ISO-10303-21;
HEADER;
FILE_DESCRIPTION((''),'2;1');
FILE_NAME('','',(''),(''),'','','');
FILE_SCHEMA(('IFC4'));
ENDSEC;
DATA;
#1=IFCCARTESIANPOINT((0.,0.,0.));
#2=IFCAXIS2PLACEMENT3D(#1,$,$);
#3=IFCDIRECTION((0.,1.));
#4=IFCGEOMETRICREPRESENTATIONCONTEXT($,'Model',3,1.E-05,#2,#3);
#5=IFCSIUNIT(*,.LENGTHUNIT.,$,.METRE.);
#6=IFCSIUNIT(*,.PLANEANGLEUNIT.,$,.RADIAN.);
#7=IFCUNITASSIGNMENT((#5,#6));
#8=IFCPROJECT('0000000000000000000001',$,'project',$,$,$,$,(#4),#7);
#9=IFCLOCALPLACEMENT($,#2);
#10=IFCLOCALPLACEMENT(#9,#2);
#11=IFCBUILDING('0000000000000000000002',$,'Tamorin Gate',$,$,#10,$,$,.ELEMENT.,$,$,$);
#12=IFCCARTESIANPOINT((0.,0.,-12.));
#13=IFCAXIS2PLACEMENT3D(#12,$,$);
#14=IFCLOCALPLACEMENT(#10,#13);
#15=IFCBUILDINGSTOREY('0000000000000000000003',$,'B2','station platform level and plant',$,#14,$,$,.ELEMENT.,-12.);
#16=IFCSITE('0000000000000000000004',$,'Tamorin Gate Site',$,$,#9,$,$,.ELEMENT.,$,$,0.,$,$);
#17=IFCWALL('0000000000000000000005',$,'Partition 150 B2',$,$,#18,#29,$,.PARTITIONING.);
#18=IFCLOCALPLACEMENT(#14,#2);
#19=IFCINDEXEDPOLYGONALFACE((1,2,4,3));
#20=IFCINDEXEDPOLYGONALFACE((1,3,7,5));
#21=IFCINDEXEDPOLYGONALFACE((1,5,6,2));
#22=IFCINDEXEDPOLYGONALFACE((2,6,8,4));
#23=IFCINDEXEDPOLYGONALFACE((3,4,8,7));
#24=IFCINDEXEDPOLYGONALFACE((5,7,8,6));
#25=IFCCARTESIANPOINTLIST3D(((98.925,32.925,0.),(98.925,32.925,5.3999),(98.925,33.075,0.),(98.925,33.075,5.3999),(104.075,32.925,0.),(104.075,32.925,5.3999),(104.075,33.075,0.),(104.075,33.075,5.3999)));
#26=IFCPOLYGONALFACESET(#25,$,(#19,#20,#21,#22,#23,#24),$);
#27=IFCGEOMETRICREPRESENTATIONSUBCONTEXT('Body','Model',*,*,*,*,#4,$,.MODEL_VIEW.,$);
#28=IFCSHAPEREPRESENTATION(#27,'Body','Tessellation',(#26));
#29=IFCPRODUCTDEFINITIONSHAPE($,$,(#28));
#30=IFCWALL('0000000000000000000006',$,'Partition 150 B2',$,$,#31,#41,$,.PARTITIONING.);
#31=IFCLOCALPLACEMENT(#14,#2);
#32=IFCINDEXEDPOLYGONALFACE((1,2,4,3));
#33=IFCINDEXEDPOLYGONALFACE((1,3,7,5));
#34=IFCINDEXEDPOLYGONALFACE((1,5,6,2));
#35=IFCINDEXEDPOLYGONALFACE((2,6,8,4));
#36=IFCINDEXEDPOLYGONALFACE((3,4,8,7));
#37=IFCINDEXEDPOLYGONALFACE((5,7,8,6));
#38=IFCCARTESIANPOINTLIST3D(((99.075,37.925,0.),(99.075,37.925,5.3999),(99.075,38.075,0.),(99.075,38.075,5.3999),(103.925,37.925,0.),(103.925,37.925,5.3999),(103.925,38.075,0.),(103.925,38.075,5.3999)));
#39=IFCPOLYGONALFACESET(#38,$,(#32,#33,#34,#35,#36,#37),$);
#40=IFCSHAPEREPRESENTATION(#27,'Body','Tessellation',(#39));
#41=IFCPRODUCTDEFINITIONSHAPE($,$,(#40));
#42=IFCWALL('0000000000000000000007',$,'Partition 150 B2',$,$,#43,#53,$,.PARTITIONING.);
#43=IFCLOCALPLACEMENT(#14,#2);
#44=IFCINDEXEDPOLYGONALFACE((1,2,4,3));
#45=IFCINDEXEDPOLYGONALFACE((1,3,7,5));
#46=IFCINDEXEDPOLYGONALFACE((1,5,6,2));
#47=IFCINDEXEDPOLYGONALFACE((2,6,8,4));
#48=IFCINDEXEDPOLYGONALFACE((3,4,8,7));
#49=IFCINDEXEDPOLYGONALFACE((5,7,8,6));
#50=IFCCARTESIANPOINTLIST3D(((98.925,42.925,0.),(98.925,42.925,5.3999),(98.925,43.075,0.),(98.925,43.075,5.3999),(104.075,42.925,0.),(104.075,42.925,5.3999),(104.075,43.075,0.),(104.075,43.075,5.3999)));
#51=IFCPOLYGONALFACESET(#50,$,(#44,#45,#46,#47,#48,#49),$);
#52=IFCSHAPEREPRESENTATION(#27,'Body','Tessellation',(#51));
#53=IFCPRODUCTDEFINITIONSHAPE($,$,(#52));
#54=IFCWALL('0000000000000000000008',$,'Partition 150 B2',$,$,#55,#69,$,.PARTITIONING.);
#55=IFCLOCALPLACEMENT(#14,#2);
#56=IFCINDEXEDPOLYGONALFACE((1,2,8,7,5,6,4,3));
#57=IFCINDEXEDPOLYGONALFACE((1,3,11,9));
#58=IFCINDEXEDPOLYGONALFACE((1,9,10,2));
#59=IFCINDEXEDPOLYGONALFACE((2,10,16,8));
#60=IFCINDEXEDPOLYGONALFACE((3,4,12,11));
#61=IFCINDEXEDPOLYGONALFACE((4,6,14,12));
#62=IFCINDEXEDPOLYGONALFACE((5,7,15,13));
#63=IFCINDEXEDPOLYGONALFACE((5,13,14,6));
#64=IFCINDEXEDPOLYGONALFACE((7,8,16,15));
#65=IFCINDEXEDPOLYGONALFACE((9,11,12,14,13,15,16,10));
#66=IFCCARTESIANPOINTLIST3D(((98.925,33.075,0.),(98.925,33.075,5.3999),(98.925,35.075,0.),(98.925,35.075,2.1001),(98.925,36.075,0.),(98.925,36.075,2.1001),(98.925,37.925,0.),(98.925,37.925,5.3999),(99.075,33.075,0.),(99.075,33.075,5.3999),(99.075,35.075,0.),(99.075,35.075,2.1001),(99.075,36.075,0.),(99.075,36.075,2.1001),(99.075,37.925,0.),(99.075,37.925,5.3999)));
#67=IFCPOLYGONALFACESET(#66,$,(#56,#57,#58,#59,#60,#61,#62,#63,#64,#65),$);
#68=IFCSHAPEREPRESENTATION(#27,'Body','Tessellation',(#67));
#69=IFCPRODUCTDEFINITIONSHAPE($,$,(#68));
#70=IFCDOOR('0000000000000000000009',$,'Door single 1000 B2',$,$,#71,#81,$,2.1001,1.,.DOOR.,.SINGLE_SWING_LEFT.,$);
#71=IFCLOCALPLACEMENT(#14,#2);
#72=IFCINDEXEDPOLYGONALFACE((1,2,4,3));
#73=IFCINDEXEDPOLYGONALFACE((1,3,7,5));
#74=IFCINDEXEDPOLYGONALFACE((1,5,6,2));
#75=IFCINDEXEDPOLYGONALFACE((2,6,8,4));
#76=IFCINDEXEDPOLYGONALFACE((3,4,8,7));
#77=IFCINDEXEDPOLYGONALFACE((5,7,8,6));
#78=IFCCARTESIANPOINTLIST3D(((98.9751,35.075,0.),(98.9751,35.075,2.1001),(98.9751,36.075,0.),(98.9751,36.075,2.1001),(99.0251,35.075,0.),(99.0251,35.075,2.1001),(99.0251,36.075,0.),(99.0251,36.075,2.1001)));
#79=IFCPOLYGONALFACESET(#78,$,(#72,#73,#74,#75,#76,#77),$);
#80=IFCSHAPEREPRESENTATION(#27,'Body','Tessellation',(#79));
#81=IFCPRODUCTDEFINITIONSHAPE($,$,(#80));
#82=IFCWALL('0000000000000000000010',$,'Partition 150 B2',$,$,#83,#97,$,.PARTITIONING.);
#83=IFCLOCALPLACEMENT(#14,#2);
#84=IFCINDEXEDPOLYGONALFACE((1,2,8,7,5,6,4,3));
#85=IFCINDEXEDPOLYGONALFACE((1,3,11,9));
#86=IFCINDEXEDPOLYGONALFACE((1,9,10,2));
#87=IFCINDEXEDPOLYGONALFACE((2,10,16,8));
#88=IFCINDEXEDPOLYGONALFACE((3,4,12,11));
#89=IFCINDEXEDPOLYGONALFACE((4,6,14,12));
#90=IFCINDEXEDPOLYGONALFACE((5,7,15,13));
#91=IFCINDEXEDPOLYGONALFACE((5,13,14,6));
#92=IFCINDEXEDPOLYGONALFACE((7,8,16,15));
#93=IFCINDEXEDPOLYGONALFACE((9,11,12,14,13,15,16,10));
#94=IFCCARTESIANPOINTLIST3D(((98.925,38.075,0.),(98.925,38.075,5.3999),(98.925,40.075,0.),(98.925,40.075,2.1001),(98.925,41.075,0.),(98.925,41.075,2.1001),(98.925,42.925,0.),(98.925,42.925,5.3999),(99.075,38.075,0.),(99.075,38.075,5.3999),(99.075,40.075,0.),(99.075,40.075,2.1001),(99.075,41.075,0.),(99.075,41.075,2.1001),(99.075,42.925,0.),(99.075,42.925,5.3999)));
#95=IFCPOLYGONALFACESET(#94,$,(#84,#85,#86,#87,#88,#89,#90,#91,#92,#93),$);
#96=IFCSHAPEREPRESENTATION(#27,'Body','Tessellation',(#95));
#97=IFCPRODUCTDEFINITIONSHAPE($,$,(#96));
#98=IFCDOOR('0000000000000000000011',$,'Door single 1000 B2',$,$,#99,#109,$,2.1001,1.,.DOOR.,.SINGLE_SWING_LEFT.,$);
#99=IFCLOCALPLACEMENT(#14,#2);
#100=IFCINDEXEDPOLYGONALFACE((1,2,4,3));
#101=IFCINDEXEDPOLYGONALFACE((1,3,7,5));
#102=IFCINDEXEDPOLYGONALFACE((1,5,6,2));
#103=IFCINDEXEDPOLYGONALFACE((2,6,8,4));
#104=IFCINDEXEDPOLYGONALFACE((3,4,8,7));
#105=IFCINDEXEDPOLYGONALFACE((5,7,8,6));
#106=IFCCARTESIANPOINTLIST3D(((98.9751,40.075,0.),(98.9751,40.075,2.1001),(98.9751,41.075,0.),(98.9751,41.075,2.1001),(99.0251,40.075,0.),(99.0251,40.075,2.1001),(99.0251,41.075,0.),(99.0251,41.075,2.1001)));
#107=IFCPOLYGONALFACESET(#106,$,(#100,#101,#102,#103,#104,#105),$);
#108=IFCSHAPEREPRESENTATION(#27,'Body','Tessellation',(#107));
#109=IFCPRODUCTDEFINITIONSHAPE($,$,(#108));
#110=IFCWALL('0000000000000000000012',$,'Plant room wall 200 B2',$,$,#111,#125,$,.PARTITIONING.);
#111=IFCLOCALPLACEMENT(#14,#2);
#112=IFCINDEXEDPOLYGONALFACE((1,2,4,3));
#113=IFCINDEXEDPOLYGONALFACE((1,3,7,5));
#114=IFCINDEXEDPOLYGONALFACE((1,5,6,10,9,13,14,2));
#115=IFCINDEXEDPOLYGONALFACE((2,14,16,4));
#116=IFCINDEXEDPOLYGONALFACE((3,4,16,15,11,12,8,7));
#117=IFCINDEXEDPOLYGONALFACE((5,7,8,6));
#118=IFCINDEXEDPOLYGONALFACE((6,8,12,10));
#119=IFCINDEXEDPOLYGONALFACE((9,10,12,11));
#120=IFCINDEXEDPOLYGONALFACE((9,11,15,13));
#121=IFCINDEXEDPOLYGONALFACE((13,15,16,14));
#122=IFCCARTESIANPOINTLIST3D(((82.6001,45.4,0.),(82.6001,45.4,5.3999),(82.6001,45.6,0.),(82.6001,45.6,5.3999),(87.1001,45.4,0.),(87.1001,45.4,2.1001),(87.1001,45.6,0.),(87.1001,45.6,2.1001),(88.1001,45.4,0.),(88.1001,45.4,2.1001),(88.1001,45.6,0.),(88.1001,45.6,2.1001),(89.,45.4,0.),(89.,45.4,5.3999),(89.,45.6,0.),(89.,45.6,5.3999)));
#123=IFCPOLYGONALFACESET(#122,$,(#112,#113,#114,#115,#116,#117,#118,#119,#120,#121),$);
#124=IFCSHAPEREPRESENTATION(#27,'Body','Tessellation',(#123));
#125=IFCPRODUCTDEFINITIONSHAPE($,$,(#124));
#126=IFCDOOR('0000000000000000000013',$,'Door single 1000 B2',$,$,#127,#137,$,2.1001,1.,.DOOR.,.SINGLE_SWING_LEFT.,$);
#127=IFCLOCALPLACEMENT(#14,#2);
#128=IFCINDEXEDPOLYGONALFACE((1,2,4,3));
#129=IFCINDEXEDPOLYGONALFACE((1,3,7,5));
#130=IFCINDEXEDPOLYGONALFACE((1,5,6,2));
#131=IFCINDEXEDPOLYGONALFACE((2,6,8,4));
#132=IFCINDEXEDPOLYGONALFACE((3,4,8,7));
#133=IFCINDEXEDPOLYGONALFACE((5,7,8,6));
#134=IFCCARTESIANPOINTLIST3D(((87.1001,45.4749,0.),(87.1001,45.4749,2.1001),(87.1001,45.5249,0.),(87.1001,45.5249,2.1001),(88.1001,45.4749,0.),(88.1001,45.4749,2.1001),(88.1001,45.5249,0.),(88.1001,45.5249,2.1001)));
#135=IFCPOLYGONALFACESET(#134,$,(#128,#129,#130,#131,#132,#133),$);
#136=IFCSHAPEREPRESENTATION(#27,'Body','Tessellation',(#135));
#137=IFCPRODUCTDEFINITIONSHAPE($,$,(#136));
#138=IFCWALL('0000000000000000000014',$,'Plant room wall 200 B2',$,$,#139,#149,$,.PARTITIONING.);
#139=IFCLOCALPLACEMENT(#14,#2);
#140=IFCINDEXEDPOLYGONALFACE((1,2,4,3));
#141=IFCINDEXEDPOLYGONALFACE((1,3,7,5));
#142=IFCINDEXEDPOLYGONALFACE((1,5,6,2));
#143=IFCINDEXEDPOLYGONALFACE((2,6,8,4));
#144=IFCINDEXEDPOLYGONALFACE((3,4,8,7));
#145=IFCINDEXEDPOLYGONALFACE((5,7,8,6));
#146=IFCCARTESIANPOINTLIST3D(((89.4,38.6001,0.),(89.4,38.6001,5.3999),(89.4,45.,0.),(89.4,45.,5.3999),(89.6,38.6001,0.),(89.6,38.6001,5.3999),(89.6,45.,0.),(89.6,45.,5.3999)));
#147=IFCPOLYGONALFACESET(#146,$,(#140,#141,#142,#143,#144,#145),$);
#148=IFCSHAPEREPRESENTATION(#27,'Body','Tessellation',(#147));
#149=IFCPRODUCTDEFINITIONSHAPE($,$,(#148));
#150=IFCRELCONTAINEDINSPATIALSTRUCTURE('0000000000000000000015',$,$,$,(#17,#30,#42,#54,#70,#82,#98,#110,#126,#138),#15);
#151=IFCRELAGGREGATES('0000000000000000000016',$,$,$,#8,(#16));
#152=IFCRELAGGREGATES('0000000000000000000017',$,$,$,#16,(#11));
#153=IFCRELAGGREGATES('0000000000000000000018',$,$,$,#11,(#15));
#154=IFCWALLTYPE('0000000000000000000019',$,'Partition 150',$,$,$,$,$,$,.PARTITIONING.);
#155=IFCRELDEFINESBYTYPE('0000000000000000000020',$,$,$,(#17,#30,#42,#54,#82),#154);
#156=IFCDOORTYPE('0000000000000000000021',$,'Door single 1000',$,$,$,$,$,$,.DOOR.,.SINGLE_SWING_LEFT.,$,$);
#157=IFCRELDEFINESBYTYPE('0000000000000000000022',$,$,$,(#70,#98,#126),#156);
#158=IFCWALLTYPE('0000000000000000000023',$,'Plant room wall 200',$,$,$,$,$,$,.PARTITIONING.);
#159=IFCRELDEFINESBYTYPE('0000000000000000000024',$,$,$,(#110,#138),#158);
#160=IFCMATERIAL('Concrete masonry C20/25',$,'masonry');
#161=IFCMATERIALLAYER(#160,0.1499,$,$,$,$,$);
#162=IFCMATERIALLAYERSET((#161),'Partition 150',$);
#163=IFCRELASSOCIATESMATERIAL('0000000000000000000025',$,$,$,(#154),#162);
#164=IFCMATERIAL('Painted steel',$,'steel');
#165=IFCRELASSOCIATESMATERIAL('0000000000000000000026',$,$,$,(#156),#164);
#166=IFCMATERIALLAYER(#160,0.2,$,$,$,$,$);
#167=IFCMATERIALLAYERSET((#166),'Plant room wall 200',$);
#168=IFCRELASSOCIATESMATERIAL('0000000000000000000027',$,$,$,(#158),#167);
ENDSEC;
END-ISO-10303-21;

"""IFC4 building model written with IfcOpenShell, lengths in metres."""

from ifc_helpers import new_model, si_unit, direction, frame, frame_2d, origin, place, context, subcontext, project, spatial, rectangle, extrude, material, layer, layer_set, type_object, element, fill, save


model = new_model("IFC4")

# Units and contexts
model_context = context("Model", 3, precision=1e-05, world=origin(), true_north=direction((0.0, 1.0)))
body_context = subcontext(model_context, "Body", "Model", "MODEL_VIEW")
ifc_project = project(units=[si_unit("LENGTHUNIT", "METRE"), si_unit("PLANEANGLEUNIT", "RADIAN")], contexts=[model_context])

# Site, building, storey
site_placement = place(None, origin())
site = spatial("IfcSite", under=ifc_project, at=site_placement, Name="Tamorin Gate Site", CompositionType="ELEMENT", RefElevation=0.0)
building_placement = place(site_placement, origin())
building = spatial("IfcBuilding", under=site, at=building_placement, Name="Tamorin Gate", CompositionType="ELEMENT")
storey_placement = place(building_placement, frame((0.0, 0.0, -12.0)))
storey = spatial("IfcBuildingStorey", under=building, at=storey_placement, Name="B2", Description="station platform level and plant", CompositionType="ELEMENT", Elevation=-12.0)

# Walls
ifc_material_1 = material(Name="Concrete masonry C20/25", Category="masonry")
ifc_layer_1 = layer(ifc_material_1, 0.1499)
ifc_layer_set_1 = layer_set([ifc_layer_1], Name="Partition 150")
wall_type_1 = type_object("IfcWallType", Name="Partition 150", PredefinedType="PARTITIONING", material=ifc_layer_set_1)
wall_1_placement = place(storey_placement, frame((98.925, 33.0, 0.0), z_axis=(0.0, 0.0, 1.0), x_axis=(1.0, 0.0, 0.0)))
element("IfcWall", 1, at=wall_1_placement, inside=storey, type_object=wall_type_1, Name="Partition 150 B2", PredefinedType="PARTITIONING", context=body_context, shape_type="SweptSolid", body=[
    extrude(rectangle(XDim=5.1499, YDim=0.1499, at=frame_2d((2.575, 0.0))), origin(), (0.0, 0.0, 1.0), 5.3999),
])
wall_2_placement = place(storey_placement, frame((99.075, 38.0, 0.0), z_axis=(0.0, 0.0, 1.0), x_axis=(1.0, 0.0, 0.0)))
element("IfcWall", 2, at=wall_2_placement, inside=storey, type_object=wall_type_1, Name="Partition 150 B2", PredefinedType="PARTITIONING", context=body_context, shape_type="SweptSolid", body=[
    extrude(rectangle(XDim=4.8501, YDim=0.1499, at=frame_2d((2.425, 0.0))), origin(), (0.0, 0.0, 1.0), 5.3999),
])
wall_3_placement = place(storey_placement, frame((98.925, 43.0, 0.0), z_axis=(0.0, 0.0, 1.0), x_axis=(1.0, 0.0, 0.0)))
element("IfcWall", 3, at=wall_3_placement, inside=storey, type_object=wall_type_1, Name="Partition 150 B2", PredefinedType="PARTITIONING", context=body_context, shape_type="SweptSolid", body=[
    extrude(rectangle(XDim=5.1499, YDim=0.1499, at=frame_2d((2.575, 0.0))), origin(), (0.0, 0.0, 1.0), 5.3999),
])

# Walls, openings, doors
wall_4_placement = place(storey_placement, frame((99.0, 33.075, 0.0), z_axis=(0.0, 0.0, 1.0), x_axis=(0.0, 1.0, 0.0)))
wall_4 = element("IfcWall", 4, at=wall_4_placement, inside=storey, type_object=wall_type_1, Name="Partition 150 B2", PredefinedType="PARTITIONING", context=body_context, shape_type="SweptSolid", body=[
    extrude(rectangle(XDim=4.8501, YDim=0.1499, at=frame_2d((2.425, 0.0))), origin(), (0.0, 0.0, 1.0), 5.3999),
])
opening_1_placement = place(wall_4_placement, frame((2.0, 0.0, 0.0)))
opening_1 = element("IfcOpeningElement", 5, at=opening_1_placement, cuts=wall_4, PredefinedType="OPENING", context=body_context, shape_type="SweptSolid", body=[
    extrude(rectangle(XDim=1.0, YDim=2.1001, at=frame_2d((0.5, 1.05))), frame((0.0, 0.085, 0.0), z_axis=(0.0, -1.0, 0.0), x_axis=(1.0, 0.0, 0.0)), (0.0, 0.0, 1.0), 0.1699),
])
ifc_material_2 = material(Name="Painted steel", Category="steel")
door_type = type_object("IfcDoorType", Name="Door single 1000", OperationType="SINGLE_SWING_LEFT", PredefinedType="DOOR", material=ifc_material_2)
door_1_placement = place(opening_1_placement, origin())
door_1 = element("IfcDoor", 6, at=door_1_placement, inside=storey, type_object=door_type, Name="Door single 1000 B2", OperationType="SINGLE_SWING_LEFT", OverallHeight=2.1001, OverallWidth=1.0, PredefinedType="DOOR", context=body_context, shape_type="SweptSolid", body=[
    extrude(rectangle(XDim=1.0, YDim=2.1001, at=frame_2d((0.5, 1.05))), frame((0.0, 0.0249, 0.0), z_axis=(0.0, -1.0, 0.0), x_axis=(1.0, 0.0, 0.0)), (0.0, 0.0, 1.0), 0.05),
])
fill(opening_1, door_1)
wall_5_placement = place(storey_placement, frame((99.0, 38.075, 0.0), z_axis=(0.0, 0.0, 1.0), x_axis=(0.0, 1.0, 0.0)))
wall_5 = element("IfcWall", 7, at=wall_5_placement, inside=storey, type_object=wall_type_1, Name="Partition 150 B2", PredefinedType="PARTITIONING", context=body_context, shape_type="SweptSolid", body=[
    extrude(rectangle(XDim=4.8501, YDim=0.1499, at=frame_2d((2.425, 0.0))), origin(), (0.0, 0.0, 1.0), 5.3999),
])
opening_2_placement = place(wall_5_placement, frame((2.0, 0.0, 0.0)))
opening_2 = element("IfcOpeningElement", 8, at=opening_2_placement, cuts=wall_5, PredefinedType="OPENING", context=body_context, shape_type="SweptSolid", body=[
    extrude(rectangle(XDim=1.0, YDim=2.1001, at=frame_2d((0.5, 1.05))), frame((0.0, 0.085, 0.0), z_axis=(0.0, -1.0, 0.0), x_axis=(1.0, 0.0, 0.0)), (0.0, 0.0, 1.0), 0.1699),
])
door_2_placement = place(opening_2_placement, origin())
door_2 = element("IfcDoor", 9, at=door_2_placement, inside=storey, type_object=door_type, Name="Door single 1000 B2", OperationType="SINGLE_SWING_LEFT", OverallHeight=2.1001, OverallWidth=1.0, PredefinedType="DOOR", context=body_context, shape_type="SweptSolid", body=[
    extrude(rectangle(XDim=1.0, YDim=2.1001, at=frame_2d((0.5, 1.05))), frame((0.0, 0.0249, 0.0), z_axis=(0.0, -1.0, 0.0), x_axis=(1.0, 0.0, 0.0)), (0.0, 0.0, 1.0), 0.05),
])
fill(opening_2, door_2)
ifc_layer_2 = layer(ifc_material_1, 0.2)
ifc_layer_set_2 = layer_set([ifc_layer_2], Name="Plant room wall 200")
wall_type_2 = type_object("IfcWallType", Name="Plant room wall 200", PredefinedType="PARTITIONING", material=ifc_layer_set_2)
wall_6_placement = place(storey_placement, frame((82.6001, 45.5, 0.0), z_axis=(0.0, 0.0, 1.0), x_axis=(1.0, 0.0, 0.0)))
wall_6 = element("IfcWall", 10, at=wall_6_placement, inside=storey, type_object=wall_type_2, Name="Plant room wall 200 B2", PredefinedType="PARTITIONING", context=body_context, shape_type="SweptSolid", body=[
    extrude(rectangle(XDim=6.3999, YDim=0.2, at=frame_2d((3.2, 0.0))), origin(), (0.0, 0.0, 1.0), 5.3999),
])
opening_3_placement = place(wall_6_placement, frame((4.5, 0.0, 0.0)))
opening_3 = element("IfcOpeningElement", 11, at=opening_3_placement, cuts=wall_6, PredefinedType="OPENING", context=body_context, shape_type="SweptSolid", body=[
    extrude(rectangle(XDim=1.0, YDim=2.1001, at=frame_2d((0.5, 1.05))), frame((0.0, 0.1099, 0.0), z_axis=(0.0, -1.0, 0.0), x_axis=(1.0, 0.0, 0.0)), (0.0, 0.0, 1.0), 0.22),
])
door_3_placement = place(opening_3_placement, origin())
door_3 = element("IfcDoor", 12, at=door_3_placement, inside=storey, type_object=door_type, Name="Door single 1000 B2", OperationType="SINGLE_SWING_LEFT", OverallHeight=2.1001, OverallWidth=1.0, PredefinedType="DOOR", context=body_context, shape_type="SweptSolid", body=[
    extrude(rectangle(XDim=1.0, YDim=2.1001, at=frame_2d((0.5, 1.05))), frame((0.0, 0.0249, 0.0), z_axis=(0.0, -1.0, 0.0), x_axis=(1.0, 0.0, 0.0)), (0.0, 0.0, 1.0), 0.05),
])
fill(opening_3, door_3)

# Wall
wall_7_placement = place(storey_placement, frame((89.5, 38.6001, 0.0), z_axis=(0.0, 0.0, 1.0), x_axis=(0.0, 1.0, 0.0)))
element("IfcWall", 13, at=wall_7_placement, inside=storey, type_object=wall_type_2, Name="Plant room wall 200 B2", PredefinedType="PARTITIONING", context=body_context, shape_type="SweptSolid", body=[
    extrude(rectangle(XDim=6.3999, YDim=0.2, at=frame_2d((3.2, 0.0))), origin(), (0.0, 0.0, 1.0), 5.3999),
])

save(model, "model.ifc")
